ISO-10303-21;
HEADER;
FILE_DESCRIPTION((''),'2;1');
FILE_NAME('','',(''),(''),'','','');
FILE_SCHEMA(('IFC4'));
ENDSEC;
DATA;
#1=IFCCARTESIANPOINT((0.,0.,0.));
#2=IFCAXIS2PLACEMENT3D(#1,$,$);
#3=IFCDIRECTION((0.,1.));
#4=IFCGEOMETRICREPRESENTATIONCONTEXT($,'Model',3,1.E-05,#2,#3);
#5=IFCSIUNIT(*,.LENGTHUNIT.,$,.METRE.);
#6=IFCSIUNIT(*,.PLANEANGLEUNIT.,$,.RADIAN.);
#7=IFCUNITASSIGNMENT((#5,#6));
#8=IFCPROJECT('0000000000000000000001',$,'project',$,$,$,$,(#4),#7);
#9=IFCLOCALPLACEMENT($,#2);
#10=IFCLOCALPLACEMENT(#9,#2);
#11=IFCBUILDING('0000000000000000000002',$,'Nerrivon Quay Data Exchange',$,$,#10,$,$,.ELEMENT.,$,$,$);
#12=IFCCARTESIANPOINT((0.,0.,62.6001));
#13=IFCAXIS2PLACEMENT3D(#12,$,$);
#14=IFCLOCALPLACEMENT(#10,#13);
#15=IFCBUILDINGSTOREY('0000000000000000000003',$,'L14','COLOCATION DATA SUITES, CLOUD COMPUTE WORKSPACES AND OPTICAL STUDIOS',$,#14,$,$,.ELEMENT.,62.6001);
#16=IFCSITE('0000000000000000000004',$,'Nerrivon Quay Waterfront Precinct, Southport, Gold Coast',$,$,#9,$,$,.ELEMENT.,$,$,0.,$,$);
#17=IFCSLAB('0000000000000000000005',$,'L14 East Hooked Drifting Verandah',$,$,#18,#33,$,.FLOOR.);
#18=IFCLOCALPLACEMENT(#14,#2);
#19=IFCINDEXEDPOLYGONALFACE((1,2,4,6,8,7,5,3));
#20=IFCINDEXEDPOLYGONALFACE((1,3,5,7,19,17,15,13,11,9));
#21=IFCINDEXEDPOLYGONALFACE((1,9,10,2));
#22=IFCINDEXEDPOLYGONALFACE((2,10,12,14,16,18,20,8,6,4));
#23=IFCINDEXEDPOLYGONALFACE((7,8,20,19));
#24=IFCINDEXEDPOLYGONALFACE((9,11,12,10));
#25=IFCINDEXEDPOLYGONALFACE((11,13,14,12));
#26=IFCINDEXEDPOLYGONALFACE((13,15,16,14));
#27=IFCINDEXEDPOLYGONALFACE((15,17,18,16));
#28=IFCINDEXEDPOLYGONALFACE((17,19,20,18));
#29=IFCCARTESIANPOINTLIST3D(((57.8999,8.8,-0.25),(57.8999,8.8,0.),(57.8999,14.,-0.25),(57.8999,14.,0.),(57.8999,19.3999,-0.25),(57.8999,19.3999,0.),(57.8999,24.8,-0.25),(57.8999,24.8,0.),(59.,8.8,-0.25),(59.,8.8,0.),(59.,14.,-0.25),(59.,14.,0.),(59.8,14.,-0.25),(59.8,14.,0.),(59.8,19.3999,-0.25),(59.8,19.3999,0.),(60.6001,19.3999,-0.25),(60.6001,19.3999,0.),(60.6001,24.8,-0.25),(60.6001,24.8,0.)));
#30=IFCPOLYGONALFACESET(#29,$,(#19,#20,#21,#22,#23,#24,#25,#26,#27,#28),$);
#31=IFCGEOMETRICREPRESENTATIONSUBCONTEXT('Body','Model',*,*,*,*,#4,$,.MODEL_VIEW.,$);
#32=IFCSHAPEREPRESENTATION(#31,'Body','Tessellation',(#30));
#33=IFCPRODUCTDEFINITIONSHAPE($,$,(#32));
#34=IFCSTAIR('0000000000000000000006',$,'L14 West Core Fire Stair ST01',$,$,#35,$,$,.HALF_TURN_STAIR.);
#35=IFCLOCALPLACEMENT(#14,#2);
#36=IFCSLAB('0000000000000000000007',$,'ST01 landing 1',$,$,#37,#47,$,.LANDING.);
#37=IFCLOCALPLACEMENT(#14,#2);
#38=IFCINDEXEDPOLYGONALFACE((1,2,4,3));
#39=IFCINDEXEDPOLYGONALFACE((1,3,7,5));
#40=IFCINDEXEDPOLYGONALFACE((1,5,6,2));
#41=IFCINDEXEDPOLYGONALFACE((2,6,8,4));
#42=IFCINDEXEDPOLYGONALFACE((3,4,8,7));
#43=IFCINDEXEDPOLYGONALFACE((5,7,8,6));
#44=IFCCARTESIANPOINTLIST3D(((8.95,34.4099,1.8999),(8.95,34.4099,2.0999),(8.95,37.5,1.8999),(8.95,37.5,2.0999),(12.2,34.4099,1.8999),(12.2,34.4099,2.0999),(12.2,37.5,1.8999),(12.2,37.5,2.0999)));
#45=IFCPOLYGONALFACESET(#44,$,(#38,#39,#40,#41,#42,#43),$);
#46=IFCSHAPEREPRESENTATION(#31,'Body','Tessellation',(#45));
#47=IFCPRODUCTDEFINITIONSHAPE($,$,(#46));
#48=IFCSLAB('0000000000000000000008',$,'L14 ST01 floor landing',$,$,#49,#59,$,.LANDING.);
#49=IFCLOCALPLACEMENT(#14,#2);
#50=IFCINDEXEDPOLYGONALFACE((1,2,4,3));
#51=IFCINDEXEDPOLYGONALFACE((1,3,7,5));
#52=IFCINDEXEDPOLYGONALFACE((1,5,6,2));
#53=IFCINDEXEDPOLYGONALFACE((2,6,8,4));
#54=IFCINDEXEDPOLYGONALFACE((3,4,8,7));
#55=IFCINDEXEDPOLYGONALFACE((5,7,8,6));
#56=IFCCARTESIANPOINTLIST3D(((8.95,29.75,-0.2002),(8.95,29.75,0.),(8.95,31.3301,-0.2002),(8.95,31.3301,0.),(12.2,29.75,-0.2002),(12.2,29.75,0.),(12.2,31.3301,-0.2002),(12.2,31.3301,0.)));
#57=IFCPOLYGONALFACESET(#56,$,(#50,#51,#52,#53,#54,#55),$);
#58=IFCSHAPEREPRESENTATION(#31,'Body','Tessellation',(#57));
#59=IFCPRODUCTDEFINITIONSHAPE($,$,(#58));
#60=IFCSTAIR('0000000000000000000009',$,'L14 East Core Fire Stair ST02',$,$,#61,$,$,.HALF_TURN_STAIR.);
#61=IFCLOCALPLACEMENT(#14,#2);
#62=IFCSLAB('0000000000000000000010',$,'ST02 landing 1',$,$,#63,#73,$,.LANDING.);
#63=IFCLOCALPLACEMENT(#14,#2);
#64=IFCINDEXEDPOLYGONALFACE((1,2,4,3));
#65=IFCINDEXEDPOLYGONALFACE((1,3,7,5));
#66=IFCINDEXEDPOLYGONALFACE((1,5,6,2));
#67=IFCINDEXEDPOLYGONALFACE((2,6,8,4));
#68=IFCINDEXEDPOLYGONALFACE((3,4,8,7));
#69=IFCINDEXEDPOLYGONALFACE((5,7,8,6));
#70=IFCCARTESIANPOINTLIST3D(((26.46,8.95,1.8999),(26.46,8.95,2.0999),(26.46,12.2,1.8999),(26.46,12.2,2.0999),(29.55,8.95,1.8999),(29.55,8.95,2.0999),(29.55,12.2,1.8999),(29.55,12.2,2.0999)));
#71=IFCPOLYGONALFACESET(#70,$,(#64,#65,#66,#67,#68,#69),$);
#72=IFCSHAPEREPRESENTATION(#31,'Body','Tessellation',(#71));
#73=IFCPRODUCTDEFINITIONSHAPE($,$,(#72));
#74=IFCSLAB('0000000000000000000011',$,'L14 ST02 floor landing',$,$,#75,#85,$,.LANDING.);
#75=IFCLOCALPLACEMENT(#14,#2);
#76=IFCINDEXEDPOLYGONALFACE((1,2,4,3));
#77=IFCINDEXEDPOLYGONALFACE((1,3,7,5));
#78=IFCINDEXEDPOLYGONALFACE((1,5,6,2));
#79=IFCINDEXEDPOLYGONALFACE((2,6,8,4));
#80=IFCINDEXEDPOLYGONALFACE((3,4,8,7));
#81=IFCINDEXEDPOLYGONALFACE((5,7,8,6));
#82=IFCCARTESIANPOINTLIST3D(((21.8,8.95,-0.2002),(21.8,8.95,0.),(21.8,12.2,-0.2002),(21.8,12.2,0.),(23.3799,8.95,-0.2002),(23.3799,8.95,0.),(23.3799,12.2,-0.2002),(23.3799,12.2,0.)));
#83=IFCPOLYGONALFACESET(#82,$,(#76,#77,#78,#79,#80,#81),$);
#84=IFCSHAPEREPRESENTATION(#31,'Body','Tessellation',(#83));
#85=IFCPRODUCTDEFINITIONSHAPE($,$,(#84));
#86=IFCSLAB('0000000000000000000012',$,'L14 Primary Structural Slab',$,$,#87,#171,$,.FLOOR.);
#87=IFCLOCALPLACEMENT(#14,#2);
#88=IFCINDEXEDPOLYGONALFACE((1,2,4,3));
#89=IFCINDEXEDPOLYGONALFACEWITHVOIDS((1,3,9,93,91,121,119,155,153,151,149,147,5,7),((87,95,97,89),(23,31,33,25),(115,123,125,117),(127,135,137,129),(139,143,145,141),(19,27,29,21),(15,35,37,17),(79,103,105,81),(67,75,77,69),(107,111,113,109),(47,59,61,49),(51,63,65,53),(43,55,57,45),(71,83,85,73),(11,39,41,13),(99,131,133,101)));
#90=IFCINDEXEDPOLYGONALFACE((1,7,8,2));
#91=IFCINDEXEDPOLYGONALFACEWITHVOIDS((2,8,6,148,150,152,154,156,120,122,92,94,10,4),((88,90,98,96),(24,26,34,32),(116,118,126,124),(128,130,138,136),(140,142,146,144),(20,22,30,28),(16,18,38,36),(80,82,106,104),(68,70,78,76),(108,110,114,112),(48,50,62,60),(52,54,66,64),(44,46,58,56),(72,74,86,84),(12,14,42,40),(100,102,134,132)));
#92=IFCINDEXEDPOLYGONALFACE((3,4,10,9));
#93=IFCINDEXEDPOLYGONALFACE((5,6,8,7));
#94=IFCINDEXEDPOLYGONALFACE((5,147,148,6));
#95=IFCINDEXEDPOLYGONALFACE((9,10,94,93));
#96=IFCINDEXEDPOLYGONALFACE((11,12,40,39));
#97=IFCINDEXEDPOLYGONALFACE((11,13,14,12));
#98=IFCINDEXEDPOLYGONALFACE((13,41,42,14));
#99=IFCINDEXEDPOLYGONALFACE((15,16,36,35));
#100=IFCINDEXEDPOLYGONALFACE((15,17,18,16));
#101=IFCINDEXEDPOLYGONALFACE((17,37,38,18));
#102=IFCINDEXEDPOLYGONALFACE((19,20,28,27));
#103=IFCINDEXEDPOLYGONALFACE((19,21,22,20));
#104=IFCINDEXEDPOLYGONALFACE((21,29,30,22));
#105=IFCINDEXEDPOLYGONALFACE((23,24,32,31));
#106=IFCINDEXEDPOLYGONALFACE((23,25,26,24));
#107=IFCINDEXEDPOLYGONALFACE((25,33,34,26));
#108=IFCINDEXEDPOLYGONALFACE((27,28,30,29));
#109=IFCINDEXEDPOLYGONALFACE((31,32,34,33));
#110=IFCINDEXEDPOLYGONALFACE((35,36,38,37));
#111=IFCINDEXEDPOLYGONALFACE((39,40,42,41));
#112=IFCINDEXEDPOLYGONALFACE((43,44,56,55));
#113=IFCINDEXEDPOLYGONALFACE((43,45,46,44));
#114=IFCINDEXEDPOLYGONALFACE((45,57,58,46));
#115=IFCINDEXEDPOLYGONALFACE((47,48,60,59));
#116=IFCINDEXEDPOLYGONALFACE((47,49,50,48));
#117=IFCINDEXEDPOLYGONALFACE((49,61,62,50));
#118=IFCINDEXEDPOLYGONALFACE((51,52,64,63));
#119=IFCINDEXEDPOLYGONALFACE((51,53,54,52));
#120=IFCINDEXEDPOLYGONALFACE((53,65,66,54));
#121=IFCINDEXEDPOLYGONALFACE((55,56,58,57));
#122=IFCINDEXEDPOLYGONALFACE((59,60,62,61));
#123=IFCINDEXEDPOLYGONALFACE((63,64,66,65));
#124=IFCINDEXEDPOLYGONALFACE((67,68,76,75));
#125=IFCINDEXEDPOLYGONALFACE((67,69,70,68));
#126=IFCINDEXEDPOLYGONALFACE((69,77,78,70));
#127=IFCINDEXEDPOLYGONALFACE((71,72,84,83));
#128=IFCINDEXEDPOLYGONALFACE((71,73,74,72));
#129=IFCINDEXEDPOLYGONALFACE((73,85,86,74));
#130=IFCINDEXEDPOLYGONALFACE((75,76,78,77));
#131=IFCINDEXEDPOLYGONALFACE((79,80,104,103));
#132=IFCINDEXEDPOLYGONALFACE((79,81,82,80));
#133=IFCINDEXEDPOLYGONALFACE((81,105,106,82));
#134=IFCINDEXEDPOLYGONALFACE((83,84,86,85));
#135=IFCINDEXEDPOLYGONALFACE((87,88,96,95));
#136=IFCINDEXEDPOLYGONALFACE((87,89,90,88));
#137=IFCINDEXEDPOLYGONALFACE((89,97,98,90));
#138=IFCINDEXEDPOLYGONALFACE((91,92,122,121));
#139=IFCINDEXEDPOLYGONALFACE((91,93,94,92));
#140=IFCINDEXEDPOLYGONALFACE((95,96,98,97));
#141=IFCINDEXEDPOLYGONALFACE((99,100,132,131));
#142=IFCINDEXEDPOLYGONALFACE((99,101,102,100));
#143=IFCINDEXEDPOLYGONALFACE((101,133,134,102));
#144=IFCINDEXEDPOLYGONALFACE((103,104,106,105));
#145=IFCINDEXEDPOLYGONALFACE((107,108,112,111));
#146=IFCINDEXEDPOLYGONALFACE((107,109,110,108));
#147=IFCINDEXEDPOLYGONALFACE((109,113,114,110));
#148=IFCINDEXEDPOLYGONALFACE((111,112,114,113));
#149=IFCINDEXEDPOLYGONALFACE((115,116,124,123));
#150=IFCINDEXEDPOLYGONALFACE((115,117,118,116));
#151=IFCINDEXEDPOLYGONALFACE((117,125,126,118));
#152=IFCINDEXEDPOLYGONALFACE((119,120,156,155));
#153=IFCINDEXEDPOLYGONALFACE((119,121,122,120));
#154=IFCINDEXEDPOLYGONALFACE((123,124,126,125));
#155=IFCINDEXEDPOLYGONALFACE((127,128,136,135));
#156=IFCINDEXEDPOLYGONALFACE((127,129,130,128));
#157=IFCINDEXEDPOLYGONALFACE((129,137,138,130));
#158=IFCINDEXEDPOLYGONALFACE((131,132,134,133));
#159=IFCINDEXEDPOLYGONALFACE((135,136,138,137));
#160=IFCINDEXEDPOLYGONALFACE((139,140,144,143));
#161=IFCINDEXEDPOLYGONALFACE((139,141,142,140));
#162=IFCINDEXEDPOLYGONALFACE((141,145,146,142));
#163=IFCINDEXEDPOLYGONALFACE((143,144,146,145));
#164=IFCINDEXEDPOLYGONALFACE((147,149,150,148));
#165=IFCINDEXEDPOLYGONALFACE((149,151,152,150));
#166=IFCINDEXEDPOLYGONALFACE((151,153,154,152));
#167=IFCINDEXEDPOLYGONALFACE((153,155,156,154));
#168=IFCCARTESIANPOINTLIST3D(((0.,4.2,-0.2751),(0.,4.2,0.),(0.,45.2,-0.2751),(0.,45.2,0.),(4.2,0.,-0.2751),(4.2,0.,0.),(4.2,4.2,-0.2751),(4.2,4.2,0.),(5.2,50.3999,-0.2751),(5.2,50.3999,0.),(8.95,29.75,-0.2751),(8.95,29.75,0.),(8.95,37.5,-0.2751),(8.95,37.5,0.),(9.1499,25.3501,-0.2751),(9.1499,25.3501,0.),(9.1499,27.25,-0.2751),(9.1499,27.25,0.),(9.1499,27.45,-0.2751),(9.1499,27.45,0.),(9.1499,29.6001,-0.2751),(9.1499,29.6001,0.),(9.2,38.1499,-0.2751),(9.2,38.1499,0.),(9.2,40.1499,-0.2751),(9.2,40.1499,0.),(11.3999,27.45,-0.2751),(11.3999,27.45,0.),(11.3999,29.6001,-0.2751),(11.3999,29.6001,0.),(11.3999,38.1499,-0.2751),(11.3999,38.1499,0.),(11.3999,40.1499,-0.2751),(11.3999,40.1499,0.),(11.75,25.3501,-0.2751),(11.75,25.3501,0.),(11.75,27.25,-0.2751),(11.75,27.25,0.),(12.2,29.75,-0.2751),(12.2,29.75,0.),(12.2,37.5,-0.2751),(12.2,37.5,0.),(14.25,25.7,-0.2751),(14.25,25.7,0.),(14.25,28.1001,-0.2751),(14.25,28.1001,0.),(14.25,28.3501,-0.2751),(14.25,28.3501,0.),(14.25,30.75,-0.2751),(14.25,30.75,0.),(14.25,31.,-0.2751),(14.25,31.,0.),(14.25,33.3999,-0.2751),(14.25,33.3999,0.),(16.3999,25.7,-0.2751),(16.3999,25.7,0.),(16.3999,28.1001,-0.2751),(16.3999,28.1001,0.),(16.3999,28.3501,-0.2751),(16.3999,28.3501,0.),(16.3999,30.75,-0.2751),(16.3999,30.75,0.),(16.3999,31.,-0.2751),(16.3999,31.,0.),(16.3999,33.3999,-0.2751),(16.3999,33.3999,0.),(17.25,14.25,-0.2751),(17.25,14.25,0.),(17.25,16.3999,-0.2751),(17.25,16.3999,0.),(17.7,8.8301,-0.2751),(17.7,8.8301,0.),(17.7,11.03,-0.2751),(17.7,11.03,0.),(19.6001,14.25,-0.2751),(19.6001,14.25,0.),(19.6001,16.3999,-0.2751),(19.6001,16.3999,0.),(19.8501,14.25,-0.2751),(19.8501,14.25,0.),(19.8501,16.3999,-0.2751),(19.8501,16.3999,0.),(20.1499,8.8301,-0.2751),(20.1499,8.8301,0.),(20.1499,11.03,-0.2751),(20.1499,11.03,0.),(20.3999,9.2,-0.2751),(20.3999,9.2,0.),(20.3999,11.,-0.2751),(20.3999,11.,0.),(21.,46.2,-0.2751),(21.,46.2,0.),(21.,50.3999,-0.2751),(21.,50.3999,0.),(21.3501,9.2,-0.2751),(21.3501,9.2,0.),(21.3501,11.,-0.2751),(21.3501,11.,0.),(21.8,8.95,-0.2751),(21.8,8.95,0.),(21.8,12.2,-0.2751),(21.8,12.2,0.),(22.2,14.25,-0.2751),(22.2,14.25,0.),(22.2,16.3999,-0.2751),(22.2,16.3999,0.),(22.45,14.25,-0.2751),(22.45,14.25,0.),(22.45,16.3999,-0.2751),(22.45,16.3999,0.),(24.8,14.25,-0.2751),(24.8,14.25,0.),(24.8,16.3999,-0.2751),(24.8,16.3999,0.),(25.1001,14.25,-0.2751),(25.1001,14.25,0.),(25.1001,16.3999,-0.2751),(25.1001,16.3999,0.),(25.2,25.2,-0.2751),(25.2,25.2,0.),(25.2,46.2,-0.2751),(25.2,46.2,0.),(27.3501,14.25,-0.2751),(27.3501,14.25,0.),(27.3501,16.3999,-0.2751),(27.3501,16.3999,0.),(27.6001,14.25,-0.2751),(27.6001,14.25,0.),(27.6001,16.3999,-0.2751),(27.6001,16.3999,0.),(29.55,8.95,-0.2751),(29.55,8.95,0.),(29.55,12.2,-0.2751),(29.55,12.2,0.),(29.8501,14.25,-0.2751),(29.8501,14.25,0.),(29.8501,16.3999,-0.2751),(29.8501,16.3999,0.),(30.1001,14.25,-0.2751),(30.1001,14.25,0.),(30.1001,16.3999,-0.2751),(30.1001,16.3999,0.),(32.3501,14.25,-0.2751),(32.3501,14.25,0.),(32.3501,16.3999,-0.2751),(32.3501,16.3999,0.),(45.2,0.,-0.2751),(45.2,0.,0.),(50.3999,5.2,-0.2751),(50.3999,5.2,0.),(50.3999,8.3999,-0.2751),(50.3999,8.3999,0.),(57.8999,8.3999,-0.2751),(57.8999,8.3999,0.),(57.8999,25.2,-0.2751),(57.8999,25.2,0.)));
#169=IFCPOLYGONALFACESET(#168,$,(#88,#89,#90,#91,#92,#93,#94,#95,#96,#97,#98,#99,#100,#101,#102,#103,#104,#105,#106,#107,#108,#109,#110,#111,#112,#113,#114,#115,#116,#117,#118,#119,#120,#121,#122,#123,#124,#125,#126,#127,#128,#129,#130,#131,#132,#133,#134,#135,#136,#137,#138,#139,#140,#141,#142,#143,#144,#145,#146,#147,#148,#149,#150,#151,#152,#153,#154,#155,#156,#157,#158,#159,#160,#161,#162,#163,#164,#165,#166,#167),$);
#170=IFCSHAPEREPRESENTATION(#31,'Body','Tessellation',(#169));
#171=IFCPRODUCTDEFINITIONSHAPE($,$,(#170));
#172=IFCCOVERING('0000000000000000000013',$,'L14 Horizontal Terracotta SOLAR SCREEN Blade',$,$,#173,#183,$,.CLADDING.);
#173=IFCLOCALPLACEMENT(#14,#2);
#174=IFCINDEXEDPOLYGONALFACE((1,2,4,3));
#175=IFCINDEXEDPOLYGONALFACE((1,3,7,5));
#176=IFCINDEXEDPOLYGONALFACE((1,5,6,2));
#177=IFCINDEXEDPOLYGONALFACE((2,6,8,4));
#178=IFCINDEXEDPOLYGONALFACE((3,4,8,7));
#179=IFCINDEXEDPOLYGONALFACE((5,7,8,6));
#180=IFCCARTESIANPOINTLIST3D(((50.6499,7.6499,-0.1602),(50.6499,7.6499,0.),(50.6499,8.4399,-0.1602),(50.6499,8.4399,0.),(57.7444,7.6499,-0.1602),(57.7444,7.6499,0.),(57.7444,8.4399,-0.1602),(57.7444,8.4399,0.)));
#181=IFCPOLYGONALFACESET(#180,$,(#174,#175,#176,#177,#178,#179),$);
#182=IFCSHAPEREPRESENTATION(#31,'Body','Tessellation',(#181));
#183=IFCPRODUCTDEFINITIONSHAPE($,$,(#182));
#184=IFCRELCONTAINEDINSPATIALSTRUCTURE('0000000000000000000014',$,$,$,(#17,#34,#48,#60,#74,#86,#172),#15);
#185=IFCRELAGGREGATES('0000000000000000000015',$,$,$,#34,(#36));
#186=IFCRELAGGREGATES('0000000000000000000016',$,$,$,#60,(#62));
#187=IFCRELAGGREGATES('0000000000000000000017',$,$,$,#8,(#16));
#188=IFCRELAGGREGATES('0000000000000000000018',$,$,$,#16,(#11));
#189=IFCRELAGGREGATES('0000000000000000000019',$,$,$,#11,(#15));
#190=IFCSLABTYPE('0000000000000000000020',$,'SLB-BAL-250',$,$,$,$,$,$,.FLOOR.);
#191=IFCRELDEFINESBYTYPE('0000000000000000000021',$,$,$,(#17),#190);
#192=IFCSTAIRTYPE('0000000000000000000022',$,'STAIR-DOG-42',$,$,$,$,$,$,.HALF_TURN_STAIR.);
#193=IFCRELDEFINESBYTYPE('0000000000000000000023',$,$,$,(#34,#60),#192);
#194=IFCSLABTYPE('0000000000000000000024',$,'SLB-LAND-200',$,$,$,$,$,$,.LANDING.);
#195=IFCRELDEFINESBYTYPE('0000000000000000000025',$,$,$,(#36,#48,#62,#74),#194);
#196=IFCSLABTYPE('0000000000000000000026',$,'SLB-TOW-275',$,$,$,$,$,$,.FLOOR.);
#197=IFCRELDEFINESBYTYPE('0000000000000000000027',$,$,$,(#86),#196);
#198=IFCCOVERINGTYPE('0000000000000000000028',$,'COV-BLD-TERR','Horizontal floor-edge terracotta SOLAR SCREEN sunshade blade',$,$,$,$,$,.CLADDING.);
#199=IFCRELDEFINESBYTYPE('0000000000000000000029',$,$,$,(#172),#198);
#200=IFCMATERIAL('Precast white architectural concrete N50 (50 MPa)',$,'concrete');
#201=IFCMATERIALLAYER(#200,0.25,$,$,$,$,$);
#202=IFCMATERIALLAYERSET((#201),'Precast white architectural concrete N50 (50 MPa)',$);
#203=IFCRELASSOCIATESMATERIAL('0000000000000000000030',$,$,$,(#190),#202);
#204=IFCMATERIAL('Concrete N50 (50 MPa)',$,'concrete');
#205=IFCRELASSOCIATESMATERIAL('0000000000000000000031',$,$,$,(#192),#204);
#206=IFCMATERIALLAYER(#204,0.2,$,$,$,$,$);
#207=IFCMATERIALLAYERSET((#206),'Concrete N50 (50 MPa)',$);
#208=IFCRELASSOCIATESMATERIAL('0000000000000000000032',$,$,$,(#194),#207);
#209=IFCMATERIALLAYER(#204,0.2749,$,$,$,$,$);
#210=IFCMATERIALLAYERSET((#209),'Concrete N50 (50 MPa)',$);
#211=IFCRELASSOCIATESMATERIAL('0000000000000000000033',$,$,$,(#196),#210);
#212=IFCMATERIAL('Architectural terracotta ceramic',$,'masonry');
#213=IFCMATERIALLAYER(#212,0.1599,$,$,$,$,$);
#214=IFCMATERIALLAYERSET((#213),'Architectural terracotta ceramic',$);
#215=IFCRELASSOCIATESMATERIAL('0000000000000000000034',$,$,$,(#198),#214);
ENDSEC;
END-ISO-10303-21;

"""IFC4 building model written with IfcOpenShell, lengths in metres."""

from ifc_helpers import new_model, si_unit, direction, frame, origin, place, context, subcontext, project, spatial, polyline, outline, extrude, material, layer, layer_set, type_object, element, aggregate, save


model = new_model("IFC4")

# Units and contexts
model_context = context("Model", 3, precision=1e-05, world=origin(), true_north=direction((0.0, 1.0)))
body_context = subcontext(model_context, "Body", "Model", "MODEL_VIEW")
ifc_project = project(units=[si_unit("LENGTHUNIT", "METRE"), si_unit("PLANEANGLEUNIT", "RADIAN")], contexts=[model_context])

# Site, building, storey
site_placement = place(None, origin())
site = spatial("IfcSite", under=ifc_project, at=site_placement, Name="Nerrivon Quay Waterfront Precinct, Southport, Gold Coast", CompositionType="ELEMENT", RefElevation=0.0)
building_placement = place(site_placement, origin())
building = spatial("IfcBuilding", under=site, at=building_placement, Name="Nerrivon Quay Data Exchange", CompositionType="ELEMENT")
storey_placement = place(building_placement, frame((0.0, 0.0, 62.6001)))
storey = spatial("IfcBuildingStorey", under=building, at=storey_placement, Name="L14", Description="COLOCATION DATA SUITES, CLOUD COMPUTE WORKSPACES AND OPTICAL STUDIOS", CompositionType="ELEMENT", Elevation=62.6001)

# Slab
ifc_material_1 = material(Name="Precast white architectural concrete N50 (50 MPa)", Category="concrete")
ifc_layer_1 = layer(ifc_material_1, 0.25)
ifc_layer_set_1 = layer_set([ifc_layer_1], Name="Precast white architectural concrete N50 (50 MPa)")
slab_type_1 = type_object("IfcSlabType", Name="SLB-BAL-250", PredefinedType="FLOOR", material=ifc_layer_set_1)
slab_1_placement = place(storey_placement, frame((0.0, 0.0, -0.25)))
element("IfcSlab", 1, at=slab_1_placement, inside=storey, type_object=slab_type_1, Name="L14 East Hooked Drifting Verandah", PredefinedType="FLOOR", context=body_context, shape_type="SweptSolid", body=[
    extrude(outline(polyline([(59.0, 14.0), (59.8, 14.0), (59.8, 19.3999), (60.6001, 19.3999), (60.6001, 24.8), (57.8999, 24.8), (57.8999, 19.3999), (57.8999, 14.0), (57.8999, 8.8), (59.0, 8.8), (59.0, 14.0)])), origin(), (0.0, 0.0, 1.0), 0.25),
])

# Stair, slab
ifc_material_2 = material(Name="Concrete N50 (50 MPa)", Category="concrete")
stair_type = type_object("IfcStairType", Name="STAIR-DOG-42", PredefinedType="HALF_TURN_STAIR", material=ifc_material_2)
stair_1_placement = place(storey_placement, origin())
stair_1 = element("IfcStair", 2, at=stair_1_placement, inside=storey, type_object=stair_type, Name="L14 West Core Fire Stair ST01", PredefinedType="HALF_TURN_STAIR")
ifc_layer_2 = layer(ifc_material_2, 0.2)
ifc_layer_set_2 = layer_set([ifc_layer_2], Name="Concrete N50 (50 MPa)")
slab_type_2 = type_object("IfcSlabType", Name="SLB-LAND-200", PredefinedType="LANDING", material=ifc_layer_set_2)
slab_2_placement = place(storey_placement, frame((0.0, 0.0, 1.8999)))
slab_2 = element("IfcSlab", 3, at=slab_2_placement, type_object=slab_type_2, Name="ST01 landing 1", PredefinedType="LANDING", context=body_context, shape_type="SweptSolid", body=[
    extrude(outline(polyline([(12.2, 34.4099), (12.2, 37.5), (8.95, 37.5), (8.95, 34.4099), (12.2, 34.4099)])), origin(), (0.0, 0.0, 1.0), 0.2),
])
aggregate(stair_1, [slab_2])

# Slab
slab_3_placement = place(storey_placement, frame((0.0, 0.0, -0.2002)))
element("IfcSlab", 4, at=slab_3_placement, inside=storey, type_object=slab_type_2, Name="L14 ST01 floor landing", PredefinedType="LANDING", context=body_context, shape_type="SweptSolid", body=[
    extrude(outline(polyline([(12.2, 29.75), (12.2, 31.3301), (8.95, 31.3301), (8.95, 29.75), (12.2, 29.75)])), origin(), (0.0, 0.0, 1.0), 0.2002),
])

# Stair, slab
stair_2_placement = place(storey_placement, origin())
stair_2 = element("IfcStair", 5, at=stair_2_placement, inside=storey, type_object=stair_type, Name="L14 East Core Fire Stair ST02", PredefinedType="HALF_TURN_STAIR")
slab_4_placement = place(storey_placement, frame((0.0, 0.0, 1.8999)))
slab_4 = element("IfcSlab", 6, at=slab_4_placement, type_object=slab_type_2, Name="ST02 landing 1", PredefinedType="LANDING", context=body_context, shape_type="SweptSolid", body=[
    extrude(outline(polyline([(26.46, 8.95), (29.55, 8.95), (29.55, 12.2), (26.46, 12.2), (26.46, 8.95)])), origin(), (0.0, 0.0, 1.0), 0.2),
])
aggregate(stair_2, [slab_4])

# Slabs
slab_5_placement = place(storey_placement, frame((0.0, 0.0, -0.2002)))
element("IfcSlab", 7, at=slab_5_placement, inside=storey, type_object=slab_type_2, Name="L14 ST02 floor landing", PredefinedType="LANDING", context=body_context, shape_type="SweptSolid", body=[
    extrude(outline(polyline([(21.8, 8.95), (23.3799, 8.95), (23.3799, 12.2), (21.8, 12.2), (21.8, 8.95)])), origin(), (0.0, 0.0, 1.0), 0.2002),
])
ifc_layer_3 = layer(ifc_material_2, 0.2749)
ifc_layer_set_3 = layer_set([ifc_layer_3], Name="Concrete N50 (50 MPa)")
slab_type_3 = type_object("IfcSlabType", Name="SLB-TOW-275", PredefinedType="FLOOR", material=ifc_layer_set_3)
slab_6_placement = place(storey_placement, frame((0.0, 0.0, -0.2751)))
element("IfcSlab", 8, at=slab_6_placement, inside=storey, type_object=slab_type_3, Name="L14 Primary Structural Slab", PredefinedType="FLOOR", context=body_context, shape_type="SweptSolid", body=[
    extrude(outline(polyline([(25.2, 25.2), (25.2, 46.2), (21.0, 46.2), (21.0, 50.3999), (5.2, 50.3999), (0.0, 45.2), (0.0, 4.2), (4.2, 4.2), (4.2, 0.0), (45.2, 0.0), (50.3999, 5.2), (50.3999, 8.3999), (57.8999, 8.3999), (57.8999, 25.2), (25.2, 25.2)]), holes=[polyline([(8.95, 29.75), (8.95, 37.5), (12.2, 37.5), (12.2, 29.75), (8.95, 29.75)]), polyline([(21.8, 12.2), (29.55, 12.2), (29.55, 8.95), (21.8, 8.95), (21.8, 12.2)]), polyline([(30.1001, 16.3999), (32.3501, 16.3999), (32.3501, 14.25), (30.1001, 14.25), (30.1001, 16.3999)]), polyline([(27.6001, 16.3999), (29.8501, 16.3999), (29.8501, 14.25), (27.6001, 14.25), (27.6001, 16.3999)]), polyline([(25.1001, 16.3999), (27.3501, 16.3999), (27.3501, 14.25), (25.1001, 14.25), (25.1001, 16.3999)]), polyline([(22.45, 16.3999), (24.8, 16.3999), (24.8, 14.25), (22.45, 14.25), (22.45, 16.3999)]), polyline([(19.8501, 16.3999), (22.2, 16.3999), (22.2, 14.25), (19.8501, 14.25), (19.8501, 16.3999)]), polyline([(20.3999, 11.0), (21.3501, 11.0), (21.3501, 9.2), (20.3999, 9.2), (20.3999, 11.0)]), polyline([(17.7, 8.8301), (17.7, 11.03), (20.1499, 11.03), (20.1499, 8.8301), (17.7, 8.8301)]), polyline([(17.25, 14.25), (17.25, 16.3999), (19.6001, 16.3999), (19.6001, 14.25), (17.25, 14.25)]), polyline([(14.25, 28.1001), (16.3999, 28.1001), (16.3999, 25.7), (14.25, 25.7), (14.25, 28.1001)]), polyline([(14.25, 30.75), (16.3999, 30.75), (16.3999, 28.3501), (14.25, 28.3501), (14.25, 30.75)]), polyline([(14.25, 33.3999), (16.3999, 33.3999), (16.3999, 31.0), (14.25, 31.0), (14.25, 33.3999)]), polyline([(9.1499, 27.25), (11.75, 27.25), (11.75, 25.3501), (9.1499, 25.3501), (9.1499, 27.25)]), polyline([(9.1499, 29.6001), (11.3999, 29.6001), (11.3999, 27.45), (9.1499, 27.45), (9.1499, 29.6001)]), polyline([(9.2, 40.1499), (11.3999, 40.1499), (11.3999, 38.1499), (9.2, 38.1499), (9.2, 40.1499)])]), origin(), (0.0, 0.0, 1.0), 0.2751),
])

# Covering
ifc_material_3 = material(Name="Architectural terracotta ceramic", Category="masonry")
ifc_layer_4 = layer(ifc_material_3, 0.1599)
ifc_layer_set_4 = layer_set([ifc_layer_4], Name="Architectural terracotta ceramic")
covering_type = type_object("IfcCoveringType", Name="COV-BLD-TERR", Description="Horizontal floor-edge terracotta SOLAR SCREEN sunshade blade", PredefinedType="CLADDING", material=ifc_layer_set_4)
covering_1_placement = place(storey_placement, frame((0.0, 0.0, -0.1602)))
element("IfcCovering", 9, at=covering_1_placement, inside=storey, type_object=covering_type, Name="L14 Horizontal Terracotta SOLAR SCREEN Blade", PredefinedType="CLADDING", context=body_context, shape_type="SweptSolid", body=[
    extrude(outline(polyline([(57.7444, 8.4399), (50.6499, 8.4399), (50.6499, 7.6499), (57.7444, 7.6499), (57.7444, 8.4399)])), origin(), (0.0, 0.0, 1.0), 0.1602),
])

save(model, "model.ifc")
